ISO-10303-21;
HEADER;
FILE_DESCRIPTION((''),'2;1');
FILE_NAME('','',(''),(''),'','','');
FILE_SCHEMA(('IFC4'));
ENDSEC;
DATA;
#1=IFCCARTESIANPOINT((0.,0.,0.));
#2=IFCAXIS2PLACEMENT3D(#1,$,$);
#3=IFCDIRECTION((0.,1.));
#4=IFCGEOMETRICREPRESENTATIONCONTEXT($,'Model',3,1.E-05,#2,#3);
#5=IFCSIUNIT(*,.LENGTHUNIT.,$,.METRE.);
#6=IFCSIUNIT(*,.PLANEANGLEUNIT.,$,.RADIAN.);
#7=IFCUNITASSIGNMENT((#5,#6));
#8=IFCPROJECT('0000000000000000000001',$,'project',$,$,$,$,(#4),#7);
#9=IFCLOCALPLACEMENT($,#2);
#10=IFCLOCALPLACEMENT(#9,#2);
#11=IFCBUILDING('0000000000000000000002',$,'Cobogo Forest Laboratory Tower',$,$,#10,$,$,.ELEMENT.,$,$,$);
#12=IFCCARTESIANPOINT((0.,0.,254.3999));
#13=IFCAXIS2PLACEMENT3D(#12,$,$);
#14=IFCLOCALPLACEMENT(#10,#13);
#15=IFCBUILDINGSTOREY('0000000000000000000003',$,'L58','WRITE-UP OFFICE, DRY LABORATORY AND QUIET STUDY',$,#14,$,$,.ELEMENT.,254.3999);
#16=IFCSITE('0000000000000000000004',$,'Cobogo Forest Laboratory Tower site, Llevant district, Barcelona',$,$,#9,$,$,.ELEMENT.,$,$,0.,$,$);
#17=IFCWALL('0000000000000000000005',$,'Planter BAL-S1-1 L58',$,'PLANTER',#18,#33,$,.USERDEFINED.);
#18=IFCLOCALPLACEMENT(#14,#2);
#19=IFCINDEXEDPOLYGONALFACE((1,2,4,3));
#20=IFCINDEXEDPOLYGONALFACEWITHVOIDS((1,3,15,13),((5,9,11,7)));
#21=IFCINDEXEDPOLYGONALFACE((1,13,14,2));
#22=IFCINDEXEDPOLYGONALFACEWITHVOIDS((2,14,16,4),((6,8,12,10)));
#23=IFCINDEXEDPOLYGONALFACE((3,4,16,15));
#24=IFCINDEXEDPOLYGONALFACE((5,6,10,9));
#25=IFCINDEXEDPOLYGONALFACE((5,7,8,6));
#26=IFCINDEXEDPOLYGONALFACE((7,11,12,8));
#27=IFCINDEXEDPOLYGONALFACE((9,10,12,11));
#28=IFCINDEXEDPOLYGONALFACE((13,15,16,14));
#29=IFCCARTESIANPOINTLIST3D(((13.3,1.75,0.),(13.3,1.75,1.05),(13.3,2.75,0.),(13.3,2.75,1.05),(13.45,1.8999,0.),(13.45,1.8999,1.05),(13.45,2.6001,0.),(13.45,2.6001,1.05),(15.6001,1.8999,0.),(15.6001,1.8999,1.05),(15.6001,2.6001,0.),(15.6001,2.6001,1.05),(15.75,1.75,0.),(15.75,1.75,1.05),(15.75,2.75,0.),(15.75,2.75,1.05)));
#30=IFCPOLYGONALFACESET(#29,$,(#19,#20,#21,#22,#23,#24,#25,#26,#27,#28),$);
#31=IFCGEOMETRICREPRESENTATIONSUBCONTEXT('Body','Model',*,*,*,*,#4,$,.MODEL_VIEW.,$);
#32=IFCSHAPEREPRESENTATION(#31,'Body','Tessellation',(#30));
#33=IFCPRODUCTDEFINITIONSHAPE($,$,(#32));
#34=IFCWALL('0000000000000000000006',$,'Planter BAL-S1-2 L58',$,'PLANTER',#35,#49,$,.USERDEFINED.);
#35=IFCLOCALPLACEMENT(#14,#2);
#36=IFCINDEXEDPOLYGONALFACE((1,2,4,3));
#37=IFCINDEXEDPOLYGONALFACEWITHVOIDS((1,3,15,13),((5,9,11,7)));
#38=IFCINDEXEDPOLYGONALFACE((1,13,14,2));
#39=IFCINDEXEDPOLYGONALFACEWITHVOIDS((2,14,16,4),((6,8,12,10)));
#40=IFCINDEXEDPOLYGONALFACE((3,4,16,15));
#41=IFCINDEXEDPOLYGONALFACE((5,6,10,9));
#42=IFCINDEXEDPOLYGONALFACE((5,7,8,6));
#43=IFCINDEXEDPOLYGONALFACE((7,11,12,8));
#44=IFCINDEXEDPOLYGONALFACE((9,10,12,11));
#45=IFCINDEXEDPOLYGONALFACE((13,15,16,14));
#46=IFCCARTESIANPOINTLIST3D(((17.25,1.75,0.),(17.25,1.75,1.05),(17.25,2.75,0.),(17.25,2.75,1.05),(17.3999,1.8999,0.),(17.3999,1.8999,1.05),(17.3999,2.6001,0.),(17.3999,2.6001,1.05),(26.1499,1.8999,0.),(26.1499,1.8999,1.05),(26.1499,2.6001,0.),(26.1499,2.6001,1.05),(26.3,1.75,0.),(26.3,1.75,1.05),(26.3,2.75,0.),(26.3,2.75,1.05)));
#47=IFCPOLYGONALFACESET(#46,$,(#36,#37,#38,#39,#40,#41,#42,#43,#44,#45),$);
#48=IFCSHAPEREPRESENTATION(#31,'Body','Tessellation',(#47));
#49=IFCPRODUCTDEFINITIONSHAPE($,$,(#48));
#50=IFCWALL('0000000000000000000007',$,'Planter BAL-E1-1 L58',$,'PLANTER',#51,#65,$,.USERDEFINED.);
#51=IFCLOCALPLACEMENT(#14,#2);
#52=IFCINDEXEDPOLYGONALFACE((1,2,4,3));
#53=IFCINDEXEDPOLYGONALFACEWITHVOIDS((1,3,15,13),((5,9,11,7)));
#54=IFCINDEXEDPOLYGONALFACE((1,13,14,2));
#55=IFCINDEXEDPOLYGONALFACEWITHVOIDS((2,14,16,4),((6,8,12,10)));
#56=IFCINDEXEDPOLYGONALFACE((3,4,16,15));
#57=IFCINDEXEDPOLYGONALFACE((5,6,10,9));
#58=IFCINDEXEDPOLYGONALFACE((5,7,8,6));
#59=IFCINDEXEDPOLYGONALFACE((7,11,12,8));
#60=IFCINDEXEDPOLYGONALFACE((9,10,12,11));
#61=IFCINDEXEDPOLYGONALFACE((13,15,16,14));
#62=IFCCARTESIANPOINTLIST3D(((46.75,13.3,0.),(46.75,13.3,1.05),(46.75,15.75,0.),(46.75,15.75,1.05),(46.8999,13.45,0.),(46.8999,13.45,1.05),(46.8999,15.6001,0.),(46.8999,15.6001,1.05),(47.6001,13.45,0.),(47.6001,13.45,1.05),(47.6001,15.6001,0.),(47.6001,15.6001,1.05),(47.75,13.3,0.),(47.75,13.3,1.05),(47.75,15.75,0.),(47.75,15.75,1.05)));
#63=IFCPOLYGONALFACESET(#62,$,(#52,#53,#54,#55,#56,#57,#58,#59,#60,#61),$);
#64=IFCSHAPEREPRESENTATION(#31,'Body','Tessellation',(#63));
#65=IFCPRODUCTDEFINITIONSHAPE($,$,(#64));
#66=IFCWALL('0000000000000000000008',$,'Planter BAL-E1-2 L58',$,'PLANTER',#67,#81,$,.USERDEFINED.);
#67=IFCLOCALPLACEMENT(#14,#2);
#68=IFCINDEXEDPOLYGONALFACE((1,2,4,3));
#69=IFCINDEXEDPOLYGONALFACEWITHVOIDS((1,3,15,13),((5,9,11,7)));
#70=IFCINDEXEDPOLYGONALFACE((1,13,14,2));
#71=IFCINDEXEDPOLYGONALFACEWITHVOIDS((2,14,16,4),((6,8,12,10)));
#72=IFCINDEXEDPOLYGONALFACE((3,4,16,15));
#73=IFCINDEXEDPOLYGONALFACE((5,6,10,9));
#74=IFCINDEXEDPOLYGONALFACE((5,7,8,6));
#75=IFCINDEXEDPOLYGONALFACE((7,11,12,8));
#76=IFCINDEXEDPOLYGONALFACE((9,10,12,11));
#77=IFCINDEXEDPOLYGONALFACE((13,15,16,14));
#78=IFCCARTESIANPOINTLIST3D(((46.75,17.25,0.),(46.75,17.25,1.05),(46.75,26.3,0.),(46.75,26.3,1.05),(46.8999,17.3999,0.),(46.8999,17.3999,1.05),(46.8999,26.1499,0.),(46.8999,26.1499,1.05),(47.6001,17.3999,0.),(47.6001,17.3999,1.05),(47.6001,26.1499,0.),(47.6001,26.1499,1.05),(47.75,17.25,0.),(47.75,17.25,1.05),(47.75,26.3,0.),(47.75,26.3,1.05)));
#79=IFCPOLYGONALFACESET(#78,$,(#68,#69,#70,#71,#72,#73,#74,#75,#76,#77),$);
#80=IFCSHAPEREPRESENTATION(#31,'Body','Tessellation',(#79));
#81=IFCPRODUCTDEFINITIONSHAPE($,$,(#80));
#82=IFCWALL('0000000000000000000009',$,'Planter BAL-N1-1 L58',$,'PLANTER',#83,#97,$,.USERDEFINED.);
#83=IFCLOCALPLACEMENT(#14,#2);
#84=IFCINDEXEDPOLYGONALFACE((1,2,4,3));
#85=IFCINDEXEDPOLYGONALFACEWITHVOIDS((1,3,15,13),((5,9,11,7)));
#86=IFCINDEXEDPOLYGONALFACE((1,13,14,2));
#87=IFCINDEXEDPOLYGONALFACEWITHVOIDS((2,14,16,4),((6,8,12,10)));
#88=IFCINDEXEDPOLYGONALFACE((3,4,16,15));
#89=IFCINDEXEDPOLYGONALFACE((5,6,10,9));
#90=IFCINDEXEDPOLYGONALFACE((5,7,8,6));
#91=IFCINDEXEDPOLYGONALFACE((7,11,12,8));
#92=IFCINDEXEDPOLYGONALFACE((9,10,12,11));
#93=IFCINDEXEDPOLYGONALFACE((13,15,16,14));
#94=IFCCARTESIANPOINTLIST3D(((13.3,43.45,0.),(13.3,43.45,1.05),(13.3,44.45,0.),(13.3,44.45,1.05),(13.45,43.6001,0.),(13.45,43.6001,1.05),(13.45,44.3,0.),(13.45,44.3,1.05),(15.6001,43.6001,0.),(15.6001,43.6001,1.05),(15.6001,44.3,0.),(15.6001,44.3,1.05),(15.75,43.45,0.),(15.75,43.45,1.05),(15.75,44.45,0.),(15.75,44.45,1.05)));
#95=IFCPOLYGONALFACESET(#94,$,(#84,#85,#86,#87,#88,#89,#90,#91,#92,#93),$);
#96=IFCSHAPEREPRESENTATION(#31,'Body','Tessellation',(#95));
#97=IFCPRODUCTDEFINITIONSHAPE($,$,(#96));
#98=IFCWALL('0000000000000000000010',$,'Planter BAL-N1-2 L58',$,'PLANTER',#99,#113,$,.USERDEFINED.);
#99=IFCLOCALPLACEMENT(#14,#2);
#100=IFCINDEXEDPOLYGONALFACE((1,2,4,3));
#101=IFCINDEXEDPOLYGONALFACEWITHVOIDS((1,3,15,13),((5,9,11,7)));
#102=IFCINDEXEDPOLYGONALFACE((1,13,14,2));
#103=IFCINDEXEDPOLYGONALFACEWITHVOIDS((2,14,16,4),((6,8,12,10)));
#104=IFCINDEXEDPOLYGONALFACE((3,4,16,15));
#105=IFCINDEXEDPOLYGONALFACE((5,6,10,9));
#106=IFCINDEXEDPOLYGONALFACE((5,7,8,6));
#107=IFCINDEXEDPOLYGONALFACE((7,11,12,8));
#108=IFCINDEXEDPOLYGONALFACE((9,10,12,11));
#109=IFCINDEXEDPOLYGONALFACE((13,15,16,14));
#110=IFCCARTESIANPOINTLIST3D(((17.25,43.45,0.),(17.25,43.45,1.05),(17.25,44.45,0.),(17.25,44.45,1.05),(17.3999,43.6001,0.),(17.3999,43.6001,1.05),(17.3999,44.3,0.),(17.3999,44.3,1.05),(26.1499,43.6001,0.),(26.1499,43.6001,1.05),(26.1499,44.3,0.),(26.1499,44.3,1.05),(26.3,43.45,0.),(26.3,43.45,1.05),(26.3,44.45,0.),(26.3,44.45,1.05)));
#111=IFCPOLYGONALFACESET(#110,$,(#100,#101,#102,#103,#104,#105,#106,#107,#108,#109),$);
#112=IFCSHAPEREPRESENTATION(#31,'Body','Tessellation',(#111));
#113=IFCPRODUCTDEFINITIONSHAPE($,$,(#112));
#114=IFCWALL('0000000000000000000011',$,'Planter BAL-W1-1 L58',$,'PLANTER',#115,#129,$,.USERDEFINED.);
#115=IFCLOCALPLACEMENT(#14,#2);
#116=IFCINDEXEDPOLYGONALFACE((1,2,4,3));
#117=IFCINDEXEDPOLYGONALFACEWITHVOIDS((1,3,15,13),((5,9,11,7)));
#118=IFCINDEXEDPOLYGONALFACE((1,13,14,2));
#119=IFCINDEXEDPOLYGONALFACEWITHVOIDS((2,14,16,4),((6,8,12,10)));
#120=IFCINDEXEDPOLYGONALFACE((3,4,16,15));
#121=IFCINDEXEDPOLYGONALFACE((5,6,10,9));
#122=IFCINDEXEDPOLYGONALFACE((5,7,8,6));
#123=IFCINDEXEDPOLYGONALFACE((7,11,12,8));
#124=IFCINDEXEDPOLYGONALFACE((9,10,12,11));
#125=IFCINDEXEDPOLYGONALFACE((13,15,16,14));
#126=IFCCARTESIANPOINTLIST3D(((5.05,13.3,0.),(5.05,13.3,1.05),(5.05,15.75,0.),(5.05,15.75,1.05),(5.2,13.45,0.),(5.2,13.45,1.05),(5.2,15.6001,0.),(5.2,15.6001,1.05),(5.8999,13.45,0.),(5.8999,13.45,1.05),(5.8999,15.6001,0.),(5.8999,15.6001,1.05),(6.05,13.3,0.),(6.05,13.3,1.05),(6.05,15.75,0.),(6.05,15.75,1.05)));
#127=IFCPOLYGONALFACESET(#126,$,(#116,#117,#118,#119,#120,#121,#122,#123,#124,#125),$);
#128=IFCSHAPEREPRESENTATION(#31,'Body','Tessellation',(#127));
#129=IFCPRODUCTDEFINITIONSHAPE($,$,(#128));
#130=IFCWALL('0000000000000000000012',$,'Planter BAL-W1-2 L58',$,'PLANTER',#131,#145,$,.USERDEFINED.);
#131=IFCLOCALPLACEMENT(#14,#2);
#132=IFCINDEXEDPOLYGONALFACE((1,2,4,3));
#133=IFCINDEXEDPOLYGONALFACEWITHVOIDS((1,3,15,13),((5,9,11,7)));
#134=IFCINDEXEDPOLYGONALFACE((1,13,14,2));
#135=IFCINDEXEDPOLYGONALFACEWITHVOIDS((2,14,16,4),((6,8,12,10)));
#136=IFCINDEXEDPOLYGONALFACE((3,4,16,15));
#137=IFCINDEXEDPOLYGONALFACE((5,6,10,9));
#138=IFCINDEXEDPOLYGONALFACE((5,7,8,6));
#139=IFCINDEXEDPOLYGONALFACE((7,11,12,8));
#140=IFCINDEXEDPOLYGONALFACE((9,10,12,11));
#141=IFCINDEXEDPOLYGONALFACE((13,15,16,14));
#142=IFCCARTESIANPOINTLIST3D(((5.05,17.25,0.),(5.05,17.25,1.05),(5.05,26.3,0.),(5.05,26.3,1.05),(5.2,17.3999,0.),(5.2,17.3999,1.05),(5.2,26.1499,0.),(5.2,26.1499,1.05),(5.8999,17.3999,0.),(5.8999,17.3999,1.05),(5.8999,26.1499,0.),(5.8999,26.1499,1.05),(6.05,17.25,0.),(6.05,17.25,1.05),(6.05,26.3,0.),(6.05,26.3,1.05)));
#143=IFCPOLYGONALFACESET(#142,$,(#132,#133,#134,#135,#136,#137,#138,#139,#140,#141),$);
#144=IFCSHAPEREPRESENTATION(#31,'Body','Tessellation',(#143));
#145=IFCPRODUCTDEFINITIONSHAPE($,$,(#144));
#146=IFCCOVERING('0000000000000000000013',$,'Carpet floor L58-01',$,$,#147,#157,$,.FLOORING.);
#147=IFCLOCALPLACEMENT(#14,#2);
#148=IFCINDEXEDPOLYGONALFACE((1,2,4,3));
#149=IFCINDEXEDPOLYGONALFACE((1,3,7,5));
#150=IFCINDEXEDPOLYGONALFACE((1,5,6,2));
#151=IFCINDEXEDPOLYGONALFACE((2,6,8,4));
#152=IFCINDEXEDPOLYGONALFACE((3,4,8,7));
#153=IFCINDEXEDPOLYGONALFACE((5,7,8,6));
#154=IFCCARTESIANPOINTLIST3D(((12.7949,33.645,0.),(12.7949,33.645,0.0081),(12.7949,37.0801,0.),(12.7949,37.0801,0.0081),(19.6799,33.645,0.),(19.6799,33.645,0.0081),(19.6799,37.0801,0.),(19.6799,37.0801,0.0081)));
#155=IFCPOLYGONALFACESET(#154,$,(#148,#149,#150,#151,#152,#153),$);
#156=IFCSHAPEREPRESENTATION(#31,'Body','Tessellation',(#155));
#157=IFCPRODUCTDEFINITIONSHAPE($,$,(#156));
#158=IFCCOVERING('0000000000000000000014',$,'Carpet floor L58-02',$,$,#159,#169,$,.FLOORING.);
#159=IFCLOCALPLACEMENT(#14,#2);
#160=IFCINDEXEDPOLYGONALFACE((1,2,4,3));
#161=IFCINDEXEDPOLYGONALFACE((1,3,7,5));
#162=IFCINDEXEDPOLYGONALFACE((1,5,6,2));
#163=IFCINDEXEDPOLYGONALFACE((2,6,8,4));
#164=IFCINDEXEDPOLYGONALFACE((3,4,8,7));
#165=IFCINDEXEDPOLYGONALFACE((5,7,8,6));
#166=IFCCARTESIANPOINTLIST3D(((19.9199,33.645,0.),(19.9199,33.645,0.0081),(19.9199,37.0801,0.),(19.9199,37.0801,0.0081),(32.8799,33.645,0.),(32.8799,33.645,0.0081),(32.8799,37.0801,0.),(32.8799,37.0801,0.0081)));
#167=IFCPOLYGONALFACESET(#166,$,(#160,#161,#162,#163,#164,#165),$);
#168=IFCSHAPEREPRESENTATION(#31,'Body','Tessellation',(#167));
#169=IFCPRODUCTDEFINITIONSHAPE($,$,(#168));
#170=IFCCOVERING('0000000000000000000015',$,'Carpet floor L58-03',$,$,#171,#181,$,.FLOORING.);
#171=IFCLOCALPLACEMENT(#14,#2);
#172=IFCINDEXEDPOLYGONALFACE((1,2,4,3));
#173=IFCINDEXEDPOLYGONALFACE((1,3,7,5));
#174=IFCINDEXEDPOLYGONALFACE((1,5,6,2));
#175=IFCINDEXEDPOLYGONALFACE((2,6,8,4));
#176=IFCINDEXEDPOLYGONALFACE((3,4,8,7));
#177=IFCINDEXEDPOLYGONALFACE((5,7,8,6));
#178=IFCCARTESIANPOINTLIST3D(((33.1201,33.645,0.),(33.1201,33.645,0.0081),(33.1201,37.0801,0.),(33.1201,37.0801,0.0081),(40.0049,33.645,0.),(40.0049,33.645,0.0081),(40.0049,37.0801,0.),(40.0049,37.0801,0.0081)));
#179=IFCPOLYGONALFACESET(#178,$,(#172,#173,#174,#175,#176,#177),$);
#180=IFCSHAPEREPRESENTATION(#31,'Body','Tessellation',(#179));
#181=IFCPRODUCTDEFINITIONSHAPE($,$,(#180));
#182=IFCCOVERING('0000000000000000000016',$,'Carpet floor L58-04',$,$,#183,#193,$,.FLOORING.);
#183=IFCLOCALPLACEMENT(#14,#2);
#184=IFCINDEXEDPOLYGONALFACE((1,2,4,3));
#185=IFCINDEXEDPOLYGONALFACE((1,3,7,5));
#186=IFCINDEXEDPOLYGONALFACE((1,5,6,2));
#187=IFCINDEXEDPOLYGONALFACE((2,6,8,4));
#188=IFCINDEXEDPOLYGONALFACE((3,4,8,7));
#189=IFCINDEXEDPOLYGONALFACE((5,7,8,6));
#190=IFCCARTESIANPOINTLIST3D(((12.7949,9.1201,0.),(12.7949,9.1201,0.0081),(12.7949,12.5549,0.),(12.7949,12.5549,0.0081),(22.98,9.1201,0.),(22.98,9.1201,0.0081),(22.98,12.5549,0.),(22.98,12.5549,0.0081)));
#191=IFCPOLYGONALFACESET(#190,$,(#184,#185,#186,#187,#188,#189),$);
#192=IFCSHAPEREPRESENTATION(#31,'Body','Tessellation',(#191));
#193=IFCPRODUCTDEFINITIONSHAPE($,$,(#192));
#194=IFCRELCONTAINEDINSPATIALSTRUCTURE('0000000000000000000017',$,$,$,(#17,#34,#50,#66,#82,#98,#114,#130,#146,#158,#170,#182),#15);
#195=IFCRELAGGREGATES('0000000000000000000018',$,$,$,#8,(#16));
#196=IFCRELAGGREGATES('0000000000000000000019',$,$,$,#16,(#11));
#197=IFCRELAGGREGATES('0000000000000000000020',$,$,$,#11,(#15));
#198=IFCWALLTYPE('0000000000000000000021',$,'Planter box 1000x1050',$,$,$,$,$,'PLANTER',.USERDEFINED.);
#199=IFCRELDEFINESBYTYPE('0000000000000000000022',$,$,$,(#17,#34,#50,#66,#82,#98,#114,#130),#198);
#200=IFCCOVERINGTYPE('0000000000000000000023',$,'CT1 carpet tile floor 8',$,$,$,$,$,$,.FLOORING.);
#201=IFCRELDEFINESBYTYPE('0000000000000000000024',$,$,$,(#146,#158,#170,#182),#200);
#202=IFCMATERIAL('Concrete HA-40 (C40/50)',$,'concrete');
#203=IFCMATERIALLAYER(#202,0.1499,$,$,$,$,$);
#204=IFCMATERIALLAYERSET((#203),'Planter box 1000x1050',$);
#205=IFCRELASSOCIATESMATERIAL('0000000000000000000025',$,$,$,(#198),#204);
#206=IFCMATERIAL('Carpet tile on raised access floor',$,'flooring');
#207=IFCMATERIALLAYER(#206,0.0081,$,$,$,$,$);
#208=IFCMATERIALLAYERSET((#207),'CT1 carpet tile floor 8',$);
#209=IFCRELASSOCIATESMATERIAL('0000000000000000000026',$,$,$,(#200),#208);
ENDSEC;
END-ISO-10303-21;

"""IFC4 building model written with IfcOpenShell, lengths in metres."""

from ifc_helpers import new_model, si_unit, direction, frame, origin, place, context, subcontext, project, spatial, polyline, outline, extrude, material, layer, layer_set, type_object, element, save


model = new_model("IFC4")

# Units and contexts
model_context = context("Model", 3, precision=1e-05, world=origin(), true_north=direction((0.0, 1.0)))
body_context = subcontext(model_context, "Body", "Model", "MODEL_VIEW")
ifc_project = project(units=[si_unit("LENGTHUNIT", "METRE"), si_unit("PLANEANGLEUNIT", "RADIAN")], contexts=[model_context])

# Site, building, storey
site_placement = place(None, origin())
site = spatial("IfcSite", under=ifc_project, at=site_placement, Name="Cobogo Forest Laboratory Tower site, Llevant district, Barcelona", CompositionType="ELEMENT", RefElevation=0.0)
building_placement = place(site_placement, origin())
building = spatial("IfcBuilding", under=site, at=building_placement, Name="Cobogo Forest Laboratory Tower", CompositionType="ELEMENT")
storey_placement = place(building_placement, frame((0.0, 0.0, 254.3999)))
storey = spatial("IfcBuildingStorey", under=building, at=storey_placement, Name="L58", Description="WRITE-UP OFFICE, DRY LABORATORY AND QUIET STUDY", CompositionType="ELEMENT", Elevation=254.3999)

# Shared definitions
ifc_material_1 = material(Name="Concrete HA-40 (C40/50)", Category="concrete")

# Walls
ifc_layer_1 = layer(ifc_material_1, 0.1499)
ifc_layer_set_1 = layer_set([ifc_layer_1], Name="Planter box 1000x1050")
wall_type = type_object("IfcWallType", Name="Planter box 1000x1050", ElementType="PLANTER", PredefinedType="USERDEFINED", material=ifc_layer_set_1)
wall_1_placement = place(storey_placement, origin())
element("IfcWall", 1, at=wall_1_placement, inside=storey, type_object=wall_type, Name="Planter BAL-S1-1 L58", ObjectType="PLANTER", PredefinedType="USERDEFINED", context=body_context, shape_type="SweptSolid", body=[
    extrude(outline(polyline([(13.3, 1.75), (15.75, 1.75), (15.75, 2.75), (13.3, 2.75), (13.3, 1.75)]), holes=[polyline([(13.45, 1.8999), (15.6001, 1.8999), (15.6001, 2.6001), (13.45, 2.6001), (13.45, 1.8999)])]), origin(), (0.0, 0.0, 1.0), 1.05),
])
wall_2_placement = place(storey_placement, origin())
element("IfcWall", 2, at=wall_2_placement, inside=storey, type_object=wall_type, Name="Planter BAL-S1-2 L58", ObjectType="PLANTER", PredefinedType="USERDEFINED", context=body_context, shape_type="SweptSolid", body=[
    extrude(outline(polyline([(17.25, 1.75), (26.3, 1.75), (26.3, 2.75), (17.25, 2.75), (17.25, 1.75)]), holes=[polyline([(17.3999, 1.8999), (26.1499, 1.8999), (26.1499, 2.6001), (17.3999, 2.6001), (17.3999, 1.8999)])]), origin(), (0.0, 0.0, 1.0), 1.05),
])
wall_3_placement = place(storey_placement, origin())
element("IfcWall", 3, at=wall_3_placement, inside=storey, type_object=wall_type, Name="Planter BAL-E1-1 L58", ObjectType="PLANTER", PredefinedType="USERDEFINED", context=body_context, shape_type="SweptSolid", body=[
    extrude(outline(polyline([(46.75, 13.3), (47.75, 13.3), (47.75, 15.75), (46.75, 15.75), (46.75, 13.3)]), holes=[polyline([(46.8999, 13.45), (47.6001, 13.45), (47.6001, 15.6001), (46.8999, 15.6001), (46.8999, 13.45)])]), origin(), (0.0, 0.0, 1.0), 1.05),
])
wall_4_placement = place(storey_placement, origin())
element("IfcWall", 4, at=wall_4_placement, inside=storey, type_object=wall_type, Name="Planter BAL-E1-2 L58", ObjectType="PLANTER", PredefinedType="USERDEFINED", context=body_context, shape_type="SweptSolid", body=[
    extrude(outline(polyline([(46.75, 17.25), (47.75, 17.25), (47.75, 26.3), (46.75, 26.3), (46.75, 17.25)]), holes=[polyline([(46.8999, 17.3999), (47.6001, 17.3999), (47.6001, 26.1499), (46.8999, 26.1499), (46.8999, 17.3999)])]), origin(), (0.0, 0.0, 1.0), 1.05),
])
wall_5_placement = place(storey_placement, origin())
element("IfcWall", 5, at=wall_5_placement, inside=storey, type_object=wall_type, Name="Planter BAL-N1-1 L58", ObjectType="PLANTER", PredefinedType="USERDEFINED", context=body_context, shape_type="SweptSolid", body=[
    extrude(outline(polyline([(13.3, 43.45), (15.75, 43.45), (15.75, 44.45), (13.3, 44.45), (13.3, 43.45)]), holes=[polyline([(13.45, 43.6001), (15.6001, 43.6001), (15.6001, 44.3), (13.45, 44.3), (13.45, 43.6001)])]), origin(), (0.0, 0.0, 1.0), 1.05),
])
wall_6_placement = place(storey_placement, origin())
element("IfcWall", 6, at=wall_6_placement, inside=storey, type_object=wall_type, Name="Planter BAL-N1-2 L58", ObjectType="PLANTER", PredefinedType="USERDEFINED", context=body_context, shape_type="SweptSolid", body=[
    extrude(outline(polyline([(17.25, 43.45), (26.3, 43.45), (26.3, 44.45), (17.25, 44.45), (17.25, 43.45)]), holes=[polyline([(17.3999, 43.6001), (26.1499, 43.6001), (26.1499, 44.3), (17.3999, 44.3), (17.3999, 43.6001)])]), origin(), (0.0, 0.0, 1.0), 1.05),
])
wall_7_placement = place(storey_placement, origin())
element("IfcWall", 7, at=wall_7_placement, inside=storey, type_object=wall_type, Name="Planter BAL-W1-1 L58", ObjectType="PLANTER", PredefinedType="USERDEFINED", context=body_context, shape_type="SweptSolid", body=[
    extrude(outline(polyline([(5.05, 13.3), (6.05, 13.3), (6.05, 15.75), (5.05, 15.75), (5.05, 13.3)]), holes=[polyline([(5.2, 13.45), (5.8999, 13.45), (5.8999, 15.6001), (5.2, 15.6001), (5.2, 13.45)])]), origin(), (0.0, 0.0, 1.0), 1.05),
])
wall_8_placement = place(storey_placement, origin())
element("IfcWall", 8, at=wall_8_placement, inside=storey, type_object=wall_type, Name="Planter BAL-W1-2 L58", ObjectType="PLANTER", PredefinedType="USERDEFINED", context=body_context, shape_type="SweptSolid", body=[
    extrude(outline(polyline([(5.05, 17.25), (6.05, 17.25), (6.05, 26.3), (5.05, 26.3), (5.05, 17.25)]), holes=[polyline([(5.2, 17.3999), (5.8999, 17.3999), (5.8999, 26.1499), (5.2, 26.1499), (5.2, 17.3999)])]), origin(), (0.0, 0.0, 1.0), 1.05),
])

# Coverings
ifc_material_2 = material(Name="Carpet tile on raised access floor", Category="flooring")
ifc_layer_2 = layer(ifc_material_2, 0.0081)
ifc_layer_set_2 = layer_set([ifc_layer_2], Name="CT1 carpet tile floor 8")
covering_type_1 = type_object("IfcCoveringType", Name="CT1 carpet tile floor 8", PredefinedType="FLOORING", material=ifc_layer_set_2)
covering_1_placement = place(storey_placement, origin())
element("IfcCovering", 9, at=covering_1_placement, inside=storey, type_object=covering_type_1, Name="Carpet floor L58-01", PredefinedType="FLOORING", context=body_context, shape_type="SweptSolid", body=[
    extrude(outline(polyline([(19.6799, 33.645), (12.7949, 33.645), (12.7949, 37.0801), (19.6799, 37.0801), (19.6799, 33.645)])), origin(), (0.0, 0.0, 1.0), 0.0081),
])
covering_2_placement = place(storey_placement, origin())
element("IfcCovering", 10, at=covering_2_placement, inside=storey, type_object=covering_type_1, Name="Carpet floor L58-02", PredefinedType="FLOORING", context=body_context, shape_type="SweptSolid", body=[
    extrude(outline(polyline([(32.8799, 33.645), (19.9199, 33.645), (19.9199, 37.0801), (32.8799, 37.0801), (32.8799, 33.645)])), origin(), (0.0, 0.0, 1.0), 0.0081),
])
covering_3_placement = place(storey_placement, origin())
element("IfcCovering", 11, at=covering_3_placement, inside=storey, type_object=covering_type_1, Name="Carpet floor L58-03", PredefinedType="FLOORING", context=body_context, shape_type="SweptSolid", body=[
    extrude(outline(polyline([(40.0049, 33.645), (33.1201, 33.645), (33.1201, 37.0801), (40.0049, 37.0801), (40.0049, 33.645)])), origin(), (0.0, 0.0, 1.0), 0.0081),
])
covering_4_placement = place(storey_placement, origin())
element("IfcCovering", 12, at=covering_4_placement, inside=storey, type_object=covering_type_1, Name="Carpet floor L58-04", PredefinedType="FLOORING", context=body_context, shape_type="SweptSolid", body=[
    extrude(outline(polyline([(22.98, 9.1201), (12.7949, 9.1201), (12.7949, 12.5549), (22.98, 12.5549), (22.98, 9.1201)])), origin(), (0.0, 0.0, 1.0), 0.0081),
])

save(model, "model.ifc")
